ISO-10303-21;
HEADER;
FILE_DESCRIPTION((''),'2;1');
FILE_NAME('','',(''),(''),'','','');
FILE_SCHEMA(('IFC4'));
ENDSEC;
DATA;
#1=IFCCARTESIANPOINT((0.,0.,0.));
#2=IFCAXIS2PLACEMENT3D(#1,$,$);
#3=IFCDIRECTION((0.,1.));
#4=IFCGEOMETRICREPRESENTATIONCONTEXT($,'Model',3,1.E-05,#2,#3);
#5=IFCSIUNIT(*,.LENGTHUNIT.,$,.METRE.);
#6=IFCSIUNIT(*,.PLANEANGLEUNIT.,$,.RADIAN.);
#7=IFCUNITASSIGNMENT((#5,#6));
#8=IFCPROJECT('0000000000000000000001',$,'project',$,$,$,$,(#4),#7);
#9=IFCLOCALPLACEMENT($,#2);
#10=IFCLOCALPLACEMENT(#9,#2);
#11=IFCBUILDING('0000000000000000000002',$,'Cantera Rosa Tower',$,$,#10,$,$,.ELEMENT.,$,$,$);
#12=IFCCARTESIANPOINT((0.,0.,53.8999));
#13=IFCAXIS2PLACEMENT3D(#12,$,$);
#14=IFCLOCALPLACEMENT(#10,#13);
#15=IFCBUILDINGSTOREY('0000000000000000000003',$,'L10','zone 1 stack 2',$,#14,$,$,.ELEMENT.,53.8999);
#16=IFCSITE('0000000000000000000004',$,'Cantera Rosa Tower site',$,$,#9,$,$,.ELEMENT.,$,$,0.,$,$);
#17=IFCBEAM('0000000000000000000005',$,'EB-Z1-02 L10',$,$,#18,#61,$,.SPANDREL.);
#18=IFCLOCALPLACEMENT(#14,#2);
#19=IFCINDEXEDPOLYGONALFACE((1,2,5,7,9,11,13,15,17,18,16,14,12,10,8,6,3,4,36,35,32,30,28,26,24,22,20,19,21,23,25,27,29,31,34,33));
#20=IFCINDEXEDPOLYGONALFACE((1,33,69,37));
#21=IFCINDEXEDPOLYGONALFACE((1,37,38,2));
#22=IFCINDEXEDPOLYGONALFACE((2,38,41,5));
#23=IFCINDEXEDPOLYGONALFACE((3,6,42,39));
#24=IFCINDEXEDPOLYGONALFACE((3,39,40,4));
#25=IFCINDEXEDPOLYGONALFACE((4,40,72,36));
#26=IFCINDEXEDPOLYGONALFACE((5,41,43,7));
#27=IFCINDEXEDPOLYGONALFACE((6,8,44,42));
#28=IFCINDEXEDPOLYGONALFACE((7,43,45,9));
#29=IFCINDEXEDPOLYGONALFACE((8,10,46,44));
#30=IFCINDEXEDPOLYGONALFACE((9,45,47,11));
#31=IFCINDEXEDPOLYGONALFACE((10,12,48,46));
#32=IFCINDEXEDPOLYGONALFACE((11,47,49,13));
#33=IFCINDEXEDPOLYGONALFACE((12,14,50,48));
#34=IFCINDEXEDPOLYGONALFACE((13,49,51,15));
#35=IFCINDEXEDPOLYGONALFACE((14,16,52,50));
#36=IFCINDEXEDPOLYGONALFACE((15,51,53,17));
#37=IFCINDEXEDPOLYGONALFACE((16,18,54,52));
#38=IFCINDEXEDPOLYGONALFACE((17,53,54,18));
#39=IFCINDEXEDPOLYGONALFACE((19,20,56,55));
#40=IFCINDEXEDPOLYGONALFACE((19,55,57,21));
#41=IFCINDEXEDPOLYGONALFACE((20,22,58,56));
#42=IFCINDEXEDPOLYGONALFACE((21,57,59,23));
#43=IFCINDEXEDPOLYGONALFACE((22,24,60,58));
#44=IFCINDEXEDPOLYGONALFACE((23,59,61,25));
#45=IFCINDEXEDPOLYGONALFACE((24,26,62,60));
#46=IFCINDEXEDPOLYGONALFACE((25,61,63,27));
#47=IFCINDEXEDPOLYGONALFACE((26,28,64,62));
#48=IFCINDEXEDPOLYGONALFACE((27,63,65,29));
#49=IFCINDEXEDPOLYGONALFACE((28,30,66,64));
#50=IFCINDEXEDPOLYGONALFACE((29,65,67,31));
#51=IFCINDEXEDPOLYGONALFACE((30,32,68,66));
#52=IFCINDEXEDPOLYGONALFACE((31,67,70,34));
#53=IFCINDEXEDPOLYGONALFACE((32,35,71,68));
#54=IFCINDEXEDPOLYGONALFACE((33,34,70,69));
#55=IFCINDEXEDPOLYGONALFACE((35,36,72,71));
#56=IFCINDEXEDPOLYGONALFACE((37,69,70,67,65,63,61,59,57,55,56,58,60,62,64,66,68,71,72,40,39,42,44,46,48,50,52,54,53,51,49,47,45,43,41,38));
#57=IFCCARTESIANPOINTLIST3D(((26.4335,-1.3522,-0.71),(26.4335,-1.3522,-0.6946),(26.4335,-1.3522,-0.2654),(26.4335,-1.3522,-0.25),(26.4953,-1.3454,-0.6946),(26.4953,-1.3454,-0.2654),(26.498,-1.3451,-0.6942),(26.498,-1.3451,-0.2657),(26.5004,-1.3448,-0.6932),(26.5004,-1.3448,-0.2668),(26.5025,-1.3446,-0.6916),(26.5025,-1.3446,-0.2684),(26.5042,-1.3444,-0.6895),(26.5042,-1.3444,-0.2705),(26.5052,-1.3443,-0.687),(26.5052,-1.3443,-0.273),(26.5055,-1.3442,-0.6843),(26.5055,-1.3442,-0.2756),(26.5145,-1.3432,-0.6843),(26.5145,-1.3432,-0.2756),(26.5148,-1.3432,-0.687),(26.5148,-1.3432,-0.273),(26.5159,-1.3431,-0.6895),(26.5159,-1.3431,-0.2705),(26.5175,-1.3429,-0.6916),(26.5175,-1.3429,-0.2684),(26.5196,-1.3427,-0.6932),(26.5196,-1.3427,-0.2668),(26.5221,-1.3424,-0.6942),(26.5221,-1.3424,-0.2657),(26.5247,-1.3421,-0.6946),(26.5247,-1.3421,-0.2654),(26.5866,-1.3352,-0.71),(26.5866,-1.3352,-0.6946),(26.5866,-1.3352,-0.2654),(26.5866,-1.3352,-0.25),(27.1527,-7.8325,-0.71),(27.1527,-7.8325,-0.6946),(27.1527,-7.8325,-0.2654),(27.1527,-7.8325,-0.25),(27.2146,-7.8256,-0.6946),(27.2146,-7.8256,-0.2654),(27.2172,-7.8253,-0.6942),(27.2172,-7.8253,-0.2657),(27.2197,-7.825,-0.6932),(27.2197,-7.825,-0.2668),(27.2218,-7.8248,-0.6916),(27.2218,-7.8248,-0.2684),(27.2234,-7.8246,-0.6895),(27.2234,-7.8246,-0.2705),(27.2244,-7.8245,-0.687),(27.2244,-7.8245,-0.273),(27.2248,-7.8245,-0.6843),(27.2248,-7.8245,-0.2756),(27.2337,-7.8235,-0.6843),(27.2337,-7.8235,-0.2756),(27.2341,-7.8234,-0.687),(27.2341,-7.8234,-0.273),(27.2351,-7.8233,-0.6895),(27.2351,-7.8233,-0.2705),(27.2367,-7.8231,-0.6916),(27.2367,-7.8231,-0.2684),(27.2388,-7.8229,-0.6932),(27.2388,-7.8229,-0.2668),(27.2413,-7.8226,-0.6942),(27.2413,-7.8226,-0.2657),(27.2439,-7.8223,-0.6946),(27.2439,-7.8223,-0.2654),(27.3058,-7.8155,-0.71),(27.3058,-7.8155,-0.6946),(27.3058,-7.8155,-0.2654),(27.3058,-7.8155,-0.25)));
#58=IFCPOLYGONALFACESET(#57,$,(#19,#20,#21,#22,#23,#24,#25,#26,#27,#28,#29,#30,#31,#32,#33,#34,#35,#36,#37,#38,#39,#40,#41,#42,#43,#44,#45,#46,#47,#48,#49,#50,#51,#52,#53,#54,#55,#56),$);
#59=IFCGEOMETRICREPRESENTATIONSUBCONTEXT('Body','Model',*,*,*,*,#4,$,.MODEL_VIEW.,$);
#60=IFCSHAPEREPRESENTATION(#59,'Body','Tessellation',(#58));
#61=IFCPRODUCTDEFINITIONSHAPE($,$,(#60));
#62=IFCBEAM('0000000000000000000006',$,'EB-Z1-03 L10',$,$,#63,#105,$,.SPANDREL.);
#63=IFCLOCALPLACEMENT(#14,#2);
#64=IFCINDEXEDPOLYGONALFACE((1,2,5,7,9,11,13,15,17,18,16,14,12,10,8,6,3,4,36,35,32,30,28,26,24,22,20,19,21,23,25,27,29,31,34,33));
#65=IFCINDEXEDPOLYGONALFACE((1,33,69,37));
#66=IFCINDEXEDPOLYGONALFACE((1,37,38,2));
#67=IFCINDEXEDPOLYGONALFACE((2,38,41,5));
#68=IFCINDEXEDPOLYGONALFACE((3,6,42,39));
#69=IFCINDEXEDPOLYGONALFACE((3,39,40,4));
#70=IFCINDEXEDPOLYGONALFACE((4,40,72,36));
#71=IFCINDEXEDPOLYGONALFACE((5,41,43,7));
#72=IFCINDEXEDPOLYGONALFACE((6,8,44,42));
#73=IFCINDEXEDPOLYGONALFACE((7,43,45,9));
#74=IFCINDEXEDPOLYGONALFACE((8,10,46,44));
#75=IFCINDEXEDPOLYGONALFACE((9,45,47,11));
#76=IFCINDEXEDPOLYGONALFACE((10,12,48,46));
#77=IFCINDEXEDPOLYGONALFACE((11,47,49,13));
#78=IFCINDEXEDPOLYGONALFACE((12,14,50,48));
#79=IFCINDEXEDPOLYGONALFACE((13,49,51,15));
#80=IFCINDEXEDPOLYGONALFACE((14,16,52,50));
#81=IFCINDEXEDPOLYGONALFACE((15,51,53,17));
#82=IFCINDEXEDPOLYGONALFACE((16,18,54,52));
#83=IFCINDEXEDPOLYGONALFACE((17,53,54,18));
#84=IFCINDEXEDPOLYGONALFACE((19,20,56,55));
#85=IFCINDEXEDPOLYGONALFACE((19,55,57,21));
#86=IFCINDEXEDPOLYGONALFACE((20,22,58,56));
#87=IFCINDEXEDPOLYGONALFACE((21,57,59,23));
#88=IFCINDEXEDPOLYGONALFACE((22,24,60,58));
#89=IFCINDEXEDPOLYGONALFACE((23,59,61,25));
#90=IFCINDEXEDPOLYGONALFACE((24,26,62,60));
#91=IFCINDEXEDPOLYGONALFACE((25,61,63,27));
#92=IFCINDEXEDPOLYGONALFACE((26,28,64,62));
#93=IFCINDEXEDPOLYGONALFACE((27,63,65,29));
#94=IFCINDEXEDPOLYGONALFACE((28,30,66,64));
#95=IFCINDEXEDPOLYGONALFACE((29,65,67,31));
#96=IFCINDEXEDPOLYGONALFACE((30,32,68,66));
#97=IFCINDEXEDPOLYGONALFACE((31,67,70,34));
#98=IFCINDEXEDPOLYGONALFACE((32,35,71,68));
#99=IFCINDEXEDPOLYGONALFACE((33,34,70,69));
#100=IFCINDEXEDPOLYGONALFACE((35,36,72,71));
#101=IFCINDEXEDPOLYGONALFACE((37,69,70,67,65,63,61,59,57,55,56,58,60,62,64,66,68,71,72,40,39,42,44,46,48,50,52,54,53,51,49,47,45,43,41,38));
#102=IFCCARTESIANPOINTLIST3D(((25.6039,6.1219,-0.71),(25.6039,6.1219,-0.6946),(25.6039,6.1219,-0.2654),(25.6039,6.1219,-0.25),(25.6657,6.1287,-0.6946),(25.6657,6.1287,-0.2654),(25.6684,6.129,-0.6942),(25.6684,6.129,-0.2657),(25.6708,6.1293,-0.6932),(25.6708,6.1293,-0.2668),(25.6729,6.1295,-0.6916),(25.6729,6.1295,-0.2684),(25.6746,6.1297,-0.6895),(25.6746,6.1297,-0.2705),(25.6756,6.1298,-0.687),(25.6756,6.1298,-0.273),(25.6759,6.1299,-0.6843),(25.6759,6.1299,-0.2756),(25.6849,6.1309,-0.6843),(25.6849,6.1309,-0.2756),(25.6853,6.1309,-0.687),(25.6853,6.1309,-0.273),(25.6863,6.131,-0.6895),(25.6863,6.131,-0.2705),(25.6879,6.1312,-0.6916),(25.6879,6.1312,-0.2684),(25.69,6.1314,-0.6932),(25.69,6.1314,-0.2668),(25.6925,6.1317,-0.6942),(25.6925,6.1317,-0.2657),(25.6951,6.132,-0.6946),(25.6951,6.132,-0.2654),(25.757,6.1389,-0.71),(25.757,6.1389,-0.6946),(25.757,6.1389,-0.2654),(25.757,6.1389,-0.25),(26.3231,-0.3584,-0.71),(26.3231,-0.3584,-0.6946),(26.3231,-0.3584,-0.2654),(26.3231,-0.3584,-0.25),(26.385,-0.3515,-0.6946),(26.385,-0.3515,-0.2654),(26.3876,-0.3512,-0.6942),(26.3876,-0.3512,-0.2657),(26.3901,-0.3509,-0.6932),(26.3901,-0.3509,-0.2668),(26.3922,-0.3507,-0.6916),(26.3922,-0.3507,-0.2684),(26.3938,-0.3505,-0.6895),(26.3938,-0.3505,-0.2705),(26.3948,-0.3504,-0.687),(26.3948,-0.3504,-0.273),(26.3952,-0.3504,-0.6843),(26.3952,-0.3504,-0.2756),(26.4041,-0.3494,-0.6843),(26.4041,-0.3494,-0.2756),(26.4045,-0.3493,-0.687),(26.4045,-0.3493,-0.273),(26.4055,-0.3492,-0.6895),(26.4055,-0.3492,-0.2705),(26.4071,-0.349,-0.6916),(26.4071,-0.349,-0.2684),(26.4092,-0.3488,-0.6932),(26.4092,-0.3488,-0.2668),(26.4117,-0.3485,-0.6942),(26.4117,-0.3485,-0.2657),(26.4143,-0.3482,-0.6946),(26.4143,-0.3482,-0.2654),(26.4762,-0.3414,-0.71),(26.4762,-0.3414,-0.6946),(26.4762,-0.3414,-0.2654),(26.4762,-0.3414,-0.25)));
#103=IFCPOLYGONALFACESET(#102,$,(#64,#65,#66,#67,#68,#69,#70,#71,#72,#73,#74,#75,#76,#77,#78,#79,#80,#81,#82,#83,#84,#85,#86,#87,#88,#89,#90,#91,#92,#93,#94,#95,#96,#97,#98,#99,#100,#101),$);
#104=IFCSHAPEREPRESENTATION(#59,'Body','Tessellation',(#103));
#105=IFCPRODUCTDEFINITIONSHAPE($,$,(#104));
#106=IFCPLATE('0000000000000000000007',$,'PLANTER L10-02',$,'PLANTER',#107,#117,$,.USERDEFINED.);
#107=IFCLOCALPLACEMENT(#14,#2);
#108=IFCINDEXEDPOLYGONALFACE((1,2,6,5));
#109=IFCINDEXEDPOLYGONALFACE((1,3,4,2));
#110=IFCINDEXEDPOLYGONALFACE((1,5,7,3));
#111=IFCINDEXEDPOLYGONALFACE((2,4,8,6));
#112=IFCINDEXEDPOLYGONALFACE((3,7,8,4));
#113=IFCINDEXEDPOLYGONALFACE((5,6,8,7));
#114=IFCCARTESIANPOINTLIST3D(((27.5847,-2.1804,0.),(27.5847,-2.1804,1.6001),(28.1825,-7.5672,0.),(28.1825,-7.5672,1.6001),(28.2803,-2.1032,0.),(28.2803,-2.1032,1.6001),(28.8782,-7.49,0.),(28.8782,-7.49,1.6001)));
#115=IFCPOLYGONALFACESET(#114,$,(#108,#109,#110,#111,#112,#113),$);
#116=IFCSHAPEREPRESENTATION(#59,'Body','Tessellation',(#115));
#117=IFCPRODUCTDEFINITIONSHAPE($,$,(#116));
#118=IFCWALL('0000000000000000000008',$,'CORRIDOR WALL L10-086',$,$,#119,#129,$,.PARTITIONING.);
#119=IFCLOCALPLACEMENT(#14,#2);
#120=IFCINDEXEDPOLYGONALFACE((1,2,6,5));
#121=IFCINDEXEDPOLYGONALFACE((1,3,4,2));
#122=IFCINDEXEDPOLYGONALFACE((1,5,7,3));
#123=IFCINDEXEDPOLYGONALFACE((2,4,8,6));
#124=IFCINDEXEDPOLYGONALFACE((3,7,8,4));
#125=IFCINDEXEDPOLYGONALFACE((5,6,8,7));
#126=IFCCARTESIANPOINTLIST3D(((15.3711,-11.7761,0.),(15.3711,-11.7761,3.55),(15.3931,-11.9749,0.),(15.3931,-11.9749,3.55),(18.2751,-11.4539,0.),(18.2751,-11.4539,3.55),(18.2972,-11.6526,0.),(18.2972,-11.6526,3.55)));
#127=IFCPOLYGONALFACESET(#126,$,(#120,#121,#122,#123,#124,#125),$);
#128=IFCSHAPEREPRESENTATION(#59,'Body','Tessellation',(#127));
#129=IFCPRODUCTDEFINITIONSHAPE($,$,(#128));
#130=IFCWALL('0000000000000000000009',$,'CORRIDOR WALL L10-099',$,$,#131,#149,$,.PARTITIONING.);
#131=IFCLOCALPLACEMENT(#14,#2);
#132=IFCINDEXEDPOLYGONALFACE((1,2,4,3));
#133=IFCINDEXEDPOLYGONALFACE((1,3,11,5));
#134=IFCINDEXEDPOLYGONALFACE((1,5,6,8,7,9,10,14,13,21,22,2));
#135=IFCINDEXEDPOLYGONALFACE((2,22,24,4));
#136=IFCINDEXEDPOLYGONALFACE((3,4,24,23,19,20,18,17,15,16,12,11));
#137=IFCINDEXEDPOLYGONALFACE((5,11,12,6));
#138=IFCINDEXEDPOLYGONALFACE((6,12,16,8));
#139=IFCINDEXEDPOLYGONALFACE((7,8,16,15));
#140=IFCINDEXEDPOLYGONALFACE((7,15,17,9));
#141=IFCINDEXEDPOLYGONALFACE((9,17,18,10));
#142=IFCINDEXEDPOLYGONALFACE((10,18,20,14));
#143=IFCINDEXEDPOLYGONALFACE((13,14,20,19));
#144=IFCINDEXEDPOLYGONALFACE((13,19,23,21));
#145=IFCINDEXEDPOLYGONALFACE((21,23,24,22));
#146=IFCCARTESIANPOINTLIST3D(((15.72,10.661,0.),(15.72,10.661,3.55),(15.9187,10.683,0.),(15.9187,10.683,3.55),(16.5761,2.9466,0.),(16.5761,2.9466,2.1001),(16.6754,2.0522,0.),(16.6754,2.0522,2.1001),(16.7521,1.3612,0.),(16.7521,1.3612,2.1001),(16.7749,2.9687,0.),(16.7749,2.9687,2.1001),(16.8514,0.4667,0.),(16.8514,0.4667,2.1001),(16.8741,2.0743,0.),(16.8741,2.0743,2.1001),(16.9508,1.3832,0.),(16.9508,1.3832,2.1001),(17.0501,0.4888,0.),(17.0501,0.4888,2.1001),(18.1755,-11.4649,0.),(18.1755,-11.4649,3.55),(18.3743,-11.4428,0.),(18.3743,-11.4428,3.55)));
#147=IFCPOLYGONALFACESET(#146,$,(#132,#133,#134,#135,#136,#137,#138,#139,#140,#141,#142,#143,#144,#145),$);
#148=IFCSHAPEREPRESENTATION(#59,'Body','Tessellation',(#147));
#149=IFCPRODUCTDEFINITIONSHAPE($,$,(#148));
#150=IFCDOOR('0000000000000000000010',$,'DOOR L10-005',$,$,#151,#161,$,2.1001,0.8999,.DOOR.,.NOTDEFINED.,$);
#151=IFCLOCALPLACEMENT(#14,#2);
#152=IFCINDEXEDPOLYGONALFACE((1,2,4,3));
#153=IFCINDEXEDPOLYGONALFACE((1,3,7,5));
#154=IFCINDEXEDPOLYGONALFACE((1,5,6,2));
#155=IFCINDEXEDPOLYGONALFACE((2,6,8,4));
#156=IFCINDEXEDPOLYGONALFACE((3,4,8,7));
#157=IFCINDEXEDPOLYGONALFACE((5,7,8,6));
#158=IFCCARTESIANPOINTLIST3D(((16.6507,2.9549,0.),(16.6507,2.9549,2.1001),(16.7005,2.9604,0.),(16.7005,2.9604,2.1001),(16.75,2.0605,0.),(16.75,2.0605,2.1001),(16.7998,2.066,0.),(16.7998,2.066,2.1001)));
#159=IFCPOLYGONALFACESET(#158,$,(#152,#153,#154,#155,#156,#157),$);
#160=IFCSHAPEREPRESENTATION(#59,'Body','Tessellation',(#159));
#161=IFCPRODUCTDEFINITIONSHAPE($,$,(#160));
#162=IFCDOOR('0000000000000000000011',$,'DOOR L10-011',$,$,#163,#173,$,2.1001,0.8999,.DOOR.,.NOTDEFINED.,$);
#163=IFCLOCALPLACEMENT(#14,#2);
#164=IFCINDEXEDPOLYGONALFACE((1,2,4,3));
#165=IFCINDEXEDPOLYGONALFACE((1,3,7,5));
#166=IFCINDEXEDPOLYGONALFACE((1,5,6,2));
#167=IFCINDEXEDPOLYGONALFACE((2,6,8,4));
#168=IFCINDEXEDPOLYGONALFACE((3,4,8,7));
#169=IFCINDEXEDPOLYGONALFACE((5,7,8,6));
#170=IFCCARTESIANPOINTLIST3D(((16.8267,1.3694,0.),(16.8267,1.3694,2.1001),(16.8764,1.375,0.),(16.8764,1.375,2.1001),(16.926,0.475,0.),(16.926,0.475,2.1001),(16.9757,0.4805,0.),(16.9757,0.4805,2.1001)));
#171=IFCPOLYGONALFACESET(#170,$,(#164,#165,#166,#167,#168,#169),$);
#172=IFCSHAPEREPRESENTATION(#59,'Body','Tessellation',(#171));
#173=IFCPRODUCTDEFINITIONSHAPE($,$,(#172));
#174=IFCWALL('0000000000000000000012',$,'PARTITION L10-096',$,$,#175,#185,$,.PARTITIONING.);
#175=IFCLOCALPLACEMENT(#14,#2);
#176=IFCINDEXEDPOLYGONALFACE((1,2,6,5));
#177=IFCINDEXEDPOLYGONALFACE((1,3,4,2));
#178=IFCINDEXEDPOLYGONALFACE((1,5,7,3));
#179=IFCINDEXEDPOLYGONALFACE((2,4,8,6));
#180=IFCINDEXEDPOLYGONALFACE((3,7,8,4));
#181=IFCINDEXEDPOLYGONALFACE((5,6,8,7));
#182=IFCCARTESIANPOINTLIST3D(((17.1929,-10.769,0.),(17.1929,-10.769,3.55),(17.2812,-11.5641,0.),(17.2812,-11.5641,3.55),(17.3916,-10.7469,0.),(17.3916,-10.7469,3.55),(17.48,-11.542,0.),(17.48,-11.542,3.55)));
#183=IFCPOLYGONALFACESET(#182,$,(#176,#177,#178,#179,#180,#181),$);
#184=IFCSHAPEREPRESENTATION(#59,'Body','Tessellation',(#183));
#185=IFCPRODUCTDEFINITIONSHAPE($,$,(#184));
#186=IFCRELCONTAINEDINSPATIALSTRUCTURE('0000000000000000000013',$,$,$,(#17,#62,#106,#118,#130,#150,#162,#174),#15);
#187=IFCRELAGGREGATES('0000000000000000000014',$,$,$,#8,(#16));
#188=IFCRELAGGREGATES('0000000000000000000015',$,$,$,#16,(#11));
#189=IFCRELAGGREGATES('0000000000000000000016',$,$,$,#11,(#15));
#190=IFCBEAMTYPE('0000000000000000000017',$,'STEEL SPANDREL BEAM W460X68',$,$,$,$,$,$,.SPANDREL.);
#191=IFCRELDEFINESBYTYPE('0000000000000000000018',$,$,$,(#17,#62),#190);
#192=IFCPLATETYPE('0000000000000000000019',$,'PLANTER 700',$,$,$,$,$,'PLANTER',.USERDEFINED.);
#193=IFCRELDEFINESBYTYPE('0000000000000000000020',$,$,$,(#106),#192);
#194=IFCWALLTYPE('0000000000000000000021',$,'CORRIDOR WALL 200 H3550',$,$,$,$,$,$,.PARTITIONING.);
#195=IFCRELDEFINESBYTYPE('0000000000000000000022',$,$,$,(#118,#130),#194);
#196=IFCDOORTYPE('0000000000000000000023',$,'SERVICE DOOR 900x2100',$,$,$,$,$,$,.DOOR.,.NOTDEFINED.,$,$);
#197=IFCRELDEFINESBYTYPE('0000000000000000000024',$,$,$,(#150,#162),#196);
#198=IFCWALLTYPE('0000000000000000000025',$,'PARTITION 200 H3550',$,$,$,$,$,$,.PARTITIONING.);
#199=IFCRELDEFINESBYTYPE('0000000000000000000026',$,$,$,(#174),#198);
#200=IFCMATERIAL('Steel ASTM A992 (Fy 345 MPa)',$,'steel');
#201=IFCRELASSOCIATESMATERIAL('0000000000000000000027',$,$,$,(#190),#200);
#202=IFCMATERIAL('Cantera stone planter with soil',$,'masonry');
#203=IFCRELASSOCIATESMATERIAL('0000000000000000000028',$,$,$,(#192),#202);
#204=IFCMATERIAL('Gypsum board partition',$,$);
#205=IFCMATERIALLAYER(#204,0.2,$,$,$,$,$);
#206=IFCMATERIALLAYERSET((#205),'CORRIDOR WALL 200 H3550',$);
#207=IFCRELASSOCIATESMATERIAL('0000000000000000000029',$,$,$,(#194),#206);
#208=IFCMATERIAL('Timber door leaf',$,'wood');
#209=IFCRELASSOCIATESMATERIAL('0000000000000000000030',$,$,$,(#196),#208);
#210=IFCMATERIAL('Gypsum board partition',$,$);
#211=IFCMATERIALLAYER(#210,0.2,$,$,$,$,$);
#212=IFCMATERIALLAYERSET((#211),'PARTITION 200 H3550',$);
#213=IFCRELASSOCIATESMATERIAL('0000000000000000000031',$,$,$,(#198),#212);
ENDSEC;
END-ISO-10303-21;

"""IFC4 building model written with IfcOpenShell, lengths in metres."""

from ifc_helpers import new_model, si_unit, direction, frame, frame_2d, origin, origin_2d, place, context, subcontext, project, spatial, rectangle, i_section, extrude, material, layer, layer_set, material_profile, profile_set, type_object, element, fill, save


model = new_model("IFC4")

# Units and contexts
model_context = context("Model", 3, precision=1e-05, world=origin(), true_north=direction((0.0, 1.0)))
body_context = subcontext(model_context, "Body", "Model", "MODEL_VIEW")
ifc_project = project(units=[si_unit("LENGTHUNIT", "METRE"), si_unit("PLANEANGLEUNIT", "RADIAN")], contexts=[model_context])

# Site, building, storey
site_placement = place(None, origin())
site = spatial("IfcSite", under=ifc_project, at=site_placement, Name="Cantera Rosa Tower site", CompositionType="ELEMENT", RefElevation=0.0)
building_placement = place(site_placement, origin())
building = spatial("IfcBuilding", under=site, at=building_placement, Name="Cantera Rosa Tower", CompositionType="ELEMENT")
storey_placement = place(building_placement, frame((0.0, 0.0, 53.8999)))
storey = spatial("IfcBuildingStorey", under=building, at=storey_placement, Name="L10", Description="zone 1 stack 2", CompositionType="ELEMENT", Elevation=53.8999)

# Beams
ifc_material_1 = material(Name="Steel ASTM A992 (Fy 345 MPa)", Category="steel")
ifc_material_profile_1 = material_profile(ifc_material_1, i_section(OverallWidth=0.1541, OverallDepth=0.46, WebThickness=0.009, FlangeThickness=0.0154, FilletRadius=0.0103, at=origin_2d()), Name="W460X68")
ifc_profile_set_1 = profile_set([ifc_material_profile_1], Name="Steel ASTM A992 (Fy 345 MPa)")
beam_type_1 = type_object("IfcBeamType", Name="STEEL SPANDREL BEAM W460X68", PredefinedType="SPANDREL", material=ifc_profile_set_1)
for number, where, z_axis, x_axis, name in (
    (1, (27.2292, -7.824, -0.48), (-0.110312, 0.993897, 0.0), (-0.993897, -0.110312, 0.0), "EB-Z1-02 L10"),
    (2, (26.3997, -0.3499, -0.48), (-0.110312, 0.993897, 0.0), (-0.993897, -0.110312, 0.0), "EB-Z1-03 L10"),
):
    element("IfcBeam", number, at=place(storey_placement, frame(where, z_axis=z_axis, x_axis=x_axis)), inside=storey, type_object=beam_type_1, Name=name, PredefinedType="SPANDREL", context=body_context, shape_type="SweptSolid", body=[
        extrude(i_section(OverallWidth=0.1541, OverallDepth=0.46, WebThickness=0.009, FlangeThickness=0.0154, FilletRadius=0.0103, at=origin_2d()), origin(), (0.0, 0.0, 1.0), 6.52),
    ])

# Plate
ifc_material_2 = material(Name="Cantera stone planter with soil", Category="masonry")
plate_type = type_object("IfcPlateType", Name="PLANTER 700", ElementType="PLANTER", PredefinedType="USERDEFINED", material=ifc_material_2)
plate_placement = place(storey_placement, frame((28.2314, -4.8352, 0.0), z_axis=(0.0, 0.0, 1.0), x_axis=(-0.110313, 0.993897, 0.0)))
element("IfcPlate", 3, at=plate_placement, inside=storey, type_object=plate_type, Name="PLANTER L10-02", ObjectType="PLANTER", PredefinedType="USERDEFINED", context=body_context, shape_type="SweptSolid", body=[
    extrude(rectangle(XDim=5.4199, YDim=0.7, at=origin_2d()), origin(), (0.0, 0.0, 1.0), 1.6001),
])

# Wall
ifc_material_3 = material(Name="Gypsum board partition")
ifc_layer_1 = layer(ifc_material_3, 0.2)
ifc_layer_set_1 = layer_set([ifc_layer_1], Name="CORRIDOR WALL 200 H3550")
wall_type_1 = type_object("IfcWallType", Name="CORRIDOR WALL 200 H3550", PredefinedType="PARTITIONING", material=ifc_layer_set_1)
wall_1_placement = place(storey_placement, frame((15.3821, -11.8755, 0.0), z_axis=(0.0, 0.0, 1.0), x_axis=(0.993899, 0.110294, 0.0)))
element("IfcWall", 4, at=wall_1_placement, inside=storey, type_object=wall_type_1, Name="CORRIDOR WALL L10-086", PredefinedType="PARTITIONING", context=body_context, shape_type="SweptSolid", body=[
    extrude(rectangle(XDim=2.9219, YDim=0.2, at=frame_2d((1.4609, 0.0))), origin(), (0.0, 0.0, 1.0), 3.55),
])

# Wall, openings, doors
wall_2_placement = place(storey_placement, frame((18.2749, -11.4539, 0.0), z_axis=(0.0, 0.0, 1.0), x_axis=(-0.110304, 0.993898, 0.0)))
wall_2 = element("IfcWall", 5, at=wall_2_placement, inside=storey, type_object=wall_type_1, Name="CORRIDOR WALL L10-099", PredefinedType="PARTITIONING", context=body_context, shape_type="SweptSolid", body=[
    extrude(rectangle(XDim=22.2617, YDim=0.2, at=frame_2d((11.1309, 0.0))), origin(), (0.0, 0.0, 1.0), 3.55),
])
opening_1_placement = place(wall_2_placement, frame((13.6001, 0.0, 0.0)))
opening_1 = element("IfcOpeningElement", 6, at=opening_1_placement, cuts=wall_2, PredefinedType="OPENING", context=body_context, shape_type="SweptSolid", body=[
    extrude(rectangle(XDim=0.8999, YDim=2.1001, at=frame_2d((0.45, 1.05))), frame((0.0, 0.1099, 0.0), z_axis=(0.0, -1.0, 0.0), x_axis=(1.0, 0.0, 0.0)), (0.0, 0.0, 1.0), 0.22),
])
opening_2_placement = place(wall_2_placement, frame((12.0049, 0.0, 0.0)))
opening_2 = element("IfcOpeningElement", 7, at=opening_2_placement, cuts=wall_2, PredefinedType="OPENING", context=body_context, shape_type="SweptSolid", body=[
    extrude(rectangle(XDim=0.8999, YDim=2.1001, at=frame_2d((0.45, 1.05))), frame((0.0, 0.1099, 0.0), z_axis=(0.0, -1.0, 0.0), x_axis=(1.0, 0.0, 0.0)), (0.0, 0.0, 1.0), 0.22),
])
ifc_material_4 = material(Name="Timber door leaf", Category="wood")
door_type_1 = type_object("IfcDoorType", Name="SERVICE DOOR 900x2100", OperationType="NOTDEFINED", PredefinedType="DOOR", material=ifc_material_4)
door_1_placement = place(opening_1_placement, origin())
door_1 = element("IfcDoor", 8, at=door_1_placement, inside=storey, type_object=door_type_1, Name="DOOR L10-005", OperationType="NOTDEFINED", OverallHeight=2.1001, OverallWidth=0.8999, PredefinedType="DOOR", context=body_context, shape_type="SweptSolid", body=[
    extrude(rectangle(XDim=0.8999, YDim=2.1001, at=frame_2d((0.45, 1.05))), frame((0.0, 0.0249, 0.0), z_axis=(0.0, -1.0, 0.0), x_axis=(1.0, 0.0, 0.0)), (0.0, 0.0, 1.0), 0.05),
])
fill(opening_1, door_1)
door_2_placement = place(opening_2_placement, origin())
door_2 = element("IfcDoor", 9, at=door_2_placement, inside=storey, type_object=door_type_1, Name="DOOR L10-011", OperationType="NOTDEFINED", OverallHeight=2.1001, OverallWidth=0.8999, PredefinedType="DOOR", context=body_context, shape_type="SweptSolid", body=[
    extrude(rectangle(XDim=0.8999, YDim=2.1001, at=frame_2d((0.45, 1.05))), frame((0.0, 0.0249, 0.0), z_axis=(0.0, -1.0, 0.0), x_axis=(1.0, 0.0, 0.0)), (0.0, 0.0, 1.0), 0.05),
])
fill(opening_2, door_2)

# Wall
ifc_material_5 = material(Name="Gypsum board partition")
ifc_layer_2 = layer(ifc_material_5, 0.2)
ifc_layer_set_2 = layer_set([ifc_layer_2], Name="PARTITION 200 H3550")
wall_type_2 = type_object("IfcWallType", Name="PARTITION 200 H3550", PredefinedType="PARTITIONING", material=ifc_layer_set_2)
wall_3_placement = place(storey_placement, frame((17.2922, -10.7581, 0.0), z_axis=(0.0, 0.0, 1.0), x_axis=(0.110465, -0.99388, 0.0)))
element("IfcWall", 10, at=wall_3_placement, inside=storey, type_object=wall_type_2, Name="PARTITION L10-096", PredefinedType="PARTITIONING", context=body_context, shape_type="SweptSolid", body=[
    extrude(rectangle(XDim=0.8, YDim=0.2, at=frame_2d((0.3999, 0.0))), origin(), (0.0, 0.0, 1.0), 3.55),
])

save(model, "model.ifc")
